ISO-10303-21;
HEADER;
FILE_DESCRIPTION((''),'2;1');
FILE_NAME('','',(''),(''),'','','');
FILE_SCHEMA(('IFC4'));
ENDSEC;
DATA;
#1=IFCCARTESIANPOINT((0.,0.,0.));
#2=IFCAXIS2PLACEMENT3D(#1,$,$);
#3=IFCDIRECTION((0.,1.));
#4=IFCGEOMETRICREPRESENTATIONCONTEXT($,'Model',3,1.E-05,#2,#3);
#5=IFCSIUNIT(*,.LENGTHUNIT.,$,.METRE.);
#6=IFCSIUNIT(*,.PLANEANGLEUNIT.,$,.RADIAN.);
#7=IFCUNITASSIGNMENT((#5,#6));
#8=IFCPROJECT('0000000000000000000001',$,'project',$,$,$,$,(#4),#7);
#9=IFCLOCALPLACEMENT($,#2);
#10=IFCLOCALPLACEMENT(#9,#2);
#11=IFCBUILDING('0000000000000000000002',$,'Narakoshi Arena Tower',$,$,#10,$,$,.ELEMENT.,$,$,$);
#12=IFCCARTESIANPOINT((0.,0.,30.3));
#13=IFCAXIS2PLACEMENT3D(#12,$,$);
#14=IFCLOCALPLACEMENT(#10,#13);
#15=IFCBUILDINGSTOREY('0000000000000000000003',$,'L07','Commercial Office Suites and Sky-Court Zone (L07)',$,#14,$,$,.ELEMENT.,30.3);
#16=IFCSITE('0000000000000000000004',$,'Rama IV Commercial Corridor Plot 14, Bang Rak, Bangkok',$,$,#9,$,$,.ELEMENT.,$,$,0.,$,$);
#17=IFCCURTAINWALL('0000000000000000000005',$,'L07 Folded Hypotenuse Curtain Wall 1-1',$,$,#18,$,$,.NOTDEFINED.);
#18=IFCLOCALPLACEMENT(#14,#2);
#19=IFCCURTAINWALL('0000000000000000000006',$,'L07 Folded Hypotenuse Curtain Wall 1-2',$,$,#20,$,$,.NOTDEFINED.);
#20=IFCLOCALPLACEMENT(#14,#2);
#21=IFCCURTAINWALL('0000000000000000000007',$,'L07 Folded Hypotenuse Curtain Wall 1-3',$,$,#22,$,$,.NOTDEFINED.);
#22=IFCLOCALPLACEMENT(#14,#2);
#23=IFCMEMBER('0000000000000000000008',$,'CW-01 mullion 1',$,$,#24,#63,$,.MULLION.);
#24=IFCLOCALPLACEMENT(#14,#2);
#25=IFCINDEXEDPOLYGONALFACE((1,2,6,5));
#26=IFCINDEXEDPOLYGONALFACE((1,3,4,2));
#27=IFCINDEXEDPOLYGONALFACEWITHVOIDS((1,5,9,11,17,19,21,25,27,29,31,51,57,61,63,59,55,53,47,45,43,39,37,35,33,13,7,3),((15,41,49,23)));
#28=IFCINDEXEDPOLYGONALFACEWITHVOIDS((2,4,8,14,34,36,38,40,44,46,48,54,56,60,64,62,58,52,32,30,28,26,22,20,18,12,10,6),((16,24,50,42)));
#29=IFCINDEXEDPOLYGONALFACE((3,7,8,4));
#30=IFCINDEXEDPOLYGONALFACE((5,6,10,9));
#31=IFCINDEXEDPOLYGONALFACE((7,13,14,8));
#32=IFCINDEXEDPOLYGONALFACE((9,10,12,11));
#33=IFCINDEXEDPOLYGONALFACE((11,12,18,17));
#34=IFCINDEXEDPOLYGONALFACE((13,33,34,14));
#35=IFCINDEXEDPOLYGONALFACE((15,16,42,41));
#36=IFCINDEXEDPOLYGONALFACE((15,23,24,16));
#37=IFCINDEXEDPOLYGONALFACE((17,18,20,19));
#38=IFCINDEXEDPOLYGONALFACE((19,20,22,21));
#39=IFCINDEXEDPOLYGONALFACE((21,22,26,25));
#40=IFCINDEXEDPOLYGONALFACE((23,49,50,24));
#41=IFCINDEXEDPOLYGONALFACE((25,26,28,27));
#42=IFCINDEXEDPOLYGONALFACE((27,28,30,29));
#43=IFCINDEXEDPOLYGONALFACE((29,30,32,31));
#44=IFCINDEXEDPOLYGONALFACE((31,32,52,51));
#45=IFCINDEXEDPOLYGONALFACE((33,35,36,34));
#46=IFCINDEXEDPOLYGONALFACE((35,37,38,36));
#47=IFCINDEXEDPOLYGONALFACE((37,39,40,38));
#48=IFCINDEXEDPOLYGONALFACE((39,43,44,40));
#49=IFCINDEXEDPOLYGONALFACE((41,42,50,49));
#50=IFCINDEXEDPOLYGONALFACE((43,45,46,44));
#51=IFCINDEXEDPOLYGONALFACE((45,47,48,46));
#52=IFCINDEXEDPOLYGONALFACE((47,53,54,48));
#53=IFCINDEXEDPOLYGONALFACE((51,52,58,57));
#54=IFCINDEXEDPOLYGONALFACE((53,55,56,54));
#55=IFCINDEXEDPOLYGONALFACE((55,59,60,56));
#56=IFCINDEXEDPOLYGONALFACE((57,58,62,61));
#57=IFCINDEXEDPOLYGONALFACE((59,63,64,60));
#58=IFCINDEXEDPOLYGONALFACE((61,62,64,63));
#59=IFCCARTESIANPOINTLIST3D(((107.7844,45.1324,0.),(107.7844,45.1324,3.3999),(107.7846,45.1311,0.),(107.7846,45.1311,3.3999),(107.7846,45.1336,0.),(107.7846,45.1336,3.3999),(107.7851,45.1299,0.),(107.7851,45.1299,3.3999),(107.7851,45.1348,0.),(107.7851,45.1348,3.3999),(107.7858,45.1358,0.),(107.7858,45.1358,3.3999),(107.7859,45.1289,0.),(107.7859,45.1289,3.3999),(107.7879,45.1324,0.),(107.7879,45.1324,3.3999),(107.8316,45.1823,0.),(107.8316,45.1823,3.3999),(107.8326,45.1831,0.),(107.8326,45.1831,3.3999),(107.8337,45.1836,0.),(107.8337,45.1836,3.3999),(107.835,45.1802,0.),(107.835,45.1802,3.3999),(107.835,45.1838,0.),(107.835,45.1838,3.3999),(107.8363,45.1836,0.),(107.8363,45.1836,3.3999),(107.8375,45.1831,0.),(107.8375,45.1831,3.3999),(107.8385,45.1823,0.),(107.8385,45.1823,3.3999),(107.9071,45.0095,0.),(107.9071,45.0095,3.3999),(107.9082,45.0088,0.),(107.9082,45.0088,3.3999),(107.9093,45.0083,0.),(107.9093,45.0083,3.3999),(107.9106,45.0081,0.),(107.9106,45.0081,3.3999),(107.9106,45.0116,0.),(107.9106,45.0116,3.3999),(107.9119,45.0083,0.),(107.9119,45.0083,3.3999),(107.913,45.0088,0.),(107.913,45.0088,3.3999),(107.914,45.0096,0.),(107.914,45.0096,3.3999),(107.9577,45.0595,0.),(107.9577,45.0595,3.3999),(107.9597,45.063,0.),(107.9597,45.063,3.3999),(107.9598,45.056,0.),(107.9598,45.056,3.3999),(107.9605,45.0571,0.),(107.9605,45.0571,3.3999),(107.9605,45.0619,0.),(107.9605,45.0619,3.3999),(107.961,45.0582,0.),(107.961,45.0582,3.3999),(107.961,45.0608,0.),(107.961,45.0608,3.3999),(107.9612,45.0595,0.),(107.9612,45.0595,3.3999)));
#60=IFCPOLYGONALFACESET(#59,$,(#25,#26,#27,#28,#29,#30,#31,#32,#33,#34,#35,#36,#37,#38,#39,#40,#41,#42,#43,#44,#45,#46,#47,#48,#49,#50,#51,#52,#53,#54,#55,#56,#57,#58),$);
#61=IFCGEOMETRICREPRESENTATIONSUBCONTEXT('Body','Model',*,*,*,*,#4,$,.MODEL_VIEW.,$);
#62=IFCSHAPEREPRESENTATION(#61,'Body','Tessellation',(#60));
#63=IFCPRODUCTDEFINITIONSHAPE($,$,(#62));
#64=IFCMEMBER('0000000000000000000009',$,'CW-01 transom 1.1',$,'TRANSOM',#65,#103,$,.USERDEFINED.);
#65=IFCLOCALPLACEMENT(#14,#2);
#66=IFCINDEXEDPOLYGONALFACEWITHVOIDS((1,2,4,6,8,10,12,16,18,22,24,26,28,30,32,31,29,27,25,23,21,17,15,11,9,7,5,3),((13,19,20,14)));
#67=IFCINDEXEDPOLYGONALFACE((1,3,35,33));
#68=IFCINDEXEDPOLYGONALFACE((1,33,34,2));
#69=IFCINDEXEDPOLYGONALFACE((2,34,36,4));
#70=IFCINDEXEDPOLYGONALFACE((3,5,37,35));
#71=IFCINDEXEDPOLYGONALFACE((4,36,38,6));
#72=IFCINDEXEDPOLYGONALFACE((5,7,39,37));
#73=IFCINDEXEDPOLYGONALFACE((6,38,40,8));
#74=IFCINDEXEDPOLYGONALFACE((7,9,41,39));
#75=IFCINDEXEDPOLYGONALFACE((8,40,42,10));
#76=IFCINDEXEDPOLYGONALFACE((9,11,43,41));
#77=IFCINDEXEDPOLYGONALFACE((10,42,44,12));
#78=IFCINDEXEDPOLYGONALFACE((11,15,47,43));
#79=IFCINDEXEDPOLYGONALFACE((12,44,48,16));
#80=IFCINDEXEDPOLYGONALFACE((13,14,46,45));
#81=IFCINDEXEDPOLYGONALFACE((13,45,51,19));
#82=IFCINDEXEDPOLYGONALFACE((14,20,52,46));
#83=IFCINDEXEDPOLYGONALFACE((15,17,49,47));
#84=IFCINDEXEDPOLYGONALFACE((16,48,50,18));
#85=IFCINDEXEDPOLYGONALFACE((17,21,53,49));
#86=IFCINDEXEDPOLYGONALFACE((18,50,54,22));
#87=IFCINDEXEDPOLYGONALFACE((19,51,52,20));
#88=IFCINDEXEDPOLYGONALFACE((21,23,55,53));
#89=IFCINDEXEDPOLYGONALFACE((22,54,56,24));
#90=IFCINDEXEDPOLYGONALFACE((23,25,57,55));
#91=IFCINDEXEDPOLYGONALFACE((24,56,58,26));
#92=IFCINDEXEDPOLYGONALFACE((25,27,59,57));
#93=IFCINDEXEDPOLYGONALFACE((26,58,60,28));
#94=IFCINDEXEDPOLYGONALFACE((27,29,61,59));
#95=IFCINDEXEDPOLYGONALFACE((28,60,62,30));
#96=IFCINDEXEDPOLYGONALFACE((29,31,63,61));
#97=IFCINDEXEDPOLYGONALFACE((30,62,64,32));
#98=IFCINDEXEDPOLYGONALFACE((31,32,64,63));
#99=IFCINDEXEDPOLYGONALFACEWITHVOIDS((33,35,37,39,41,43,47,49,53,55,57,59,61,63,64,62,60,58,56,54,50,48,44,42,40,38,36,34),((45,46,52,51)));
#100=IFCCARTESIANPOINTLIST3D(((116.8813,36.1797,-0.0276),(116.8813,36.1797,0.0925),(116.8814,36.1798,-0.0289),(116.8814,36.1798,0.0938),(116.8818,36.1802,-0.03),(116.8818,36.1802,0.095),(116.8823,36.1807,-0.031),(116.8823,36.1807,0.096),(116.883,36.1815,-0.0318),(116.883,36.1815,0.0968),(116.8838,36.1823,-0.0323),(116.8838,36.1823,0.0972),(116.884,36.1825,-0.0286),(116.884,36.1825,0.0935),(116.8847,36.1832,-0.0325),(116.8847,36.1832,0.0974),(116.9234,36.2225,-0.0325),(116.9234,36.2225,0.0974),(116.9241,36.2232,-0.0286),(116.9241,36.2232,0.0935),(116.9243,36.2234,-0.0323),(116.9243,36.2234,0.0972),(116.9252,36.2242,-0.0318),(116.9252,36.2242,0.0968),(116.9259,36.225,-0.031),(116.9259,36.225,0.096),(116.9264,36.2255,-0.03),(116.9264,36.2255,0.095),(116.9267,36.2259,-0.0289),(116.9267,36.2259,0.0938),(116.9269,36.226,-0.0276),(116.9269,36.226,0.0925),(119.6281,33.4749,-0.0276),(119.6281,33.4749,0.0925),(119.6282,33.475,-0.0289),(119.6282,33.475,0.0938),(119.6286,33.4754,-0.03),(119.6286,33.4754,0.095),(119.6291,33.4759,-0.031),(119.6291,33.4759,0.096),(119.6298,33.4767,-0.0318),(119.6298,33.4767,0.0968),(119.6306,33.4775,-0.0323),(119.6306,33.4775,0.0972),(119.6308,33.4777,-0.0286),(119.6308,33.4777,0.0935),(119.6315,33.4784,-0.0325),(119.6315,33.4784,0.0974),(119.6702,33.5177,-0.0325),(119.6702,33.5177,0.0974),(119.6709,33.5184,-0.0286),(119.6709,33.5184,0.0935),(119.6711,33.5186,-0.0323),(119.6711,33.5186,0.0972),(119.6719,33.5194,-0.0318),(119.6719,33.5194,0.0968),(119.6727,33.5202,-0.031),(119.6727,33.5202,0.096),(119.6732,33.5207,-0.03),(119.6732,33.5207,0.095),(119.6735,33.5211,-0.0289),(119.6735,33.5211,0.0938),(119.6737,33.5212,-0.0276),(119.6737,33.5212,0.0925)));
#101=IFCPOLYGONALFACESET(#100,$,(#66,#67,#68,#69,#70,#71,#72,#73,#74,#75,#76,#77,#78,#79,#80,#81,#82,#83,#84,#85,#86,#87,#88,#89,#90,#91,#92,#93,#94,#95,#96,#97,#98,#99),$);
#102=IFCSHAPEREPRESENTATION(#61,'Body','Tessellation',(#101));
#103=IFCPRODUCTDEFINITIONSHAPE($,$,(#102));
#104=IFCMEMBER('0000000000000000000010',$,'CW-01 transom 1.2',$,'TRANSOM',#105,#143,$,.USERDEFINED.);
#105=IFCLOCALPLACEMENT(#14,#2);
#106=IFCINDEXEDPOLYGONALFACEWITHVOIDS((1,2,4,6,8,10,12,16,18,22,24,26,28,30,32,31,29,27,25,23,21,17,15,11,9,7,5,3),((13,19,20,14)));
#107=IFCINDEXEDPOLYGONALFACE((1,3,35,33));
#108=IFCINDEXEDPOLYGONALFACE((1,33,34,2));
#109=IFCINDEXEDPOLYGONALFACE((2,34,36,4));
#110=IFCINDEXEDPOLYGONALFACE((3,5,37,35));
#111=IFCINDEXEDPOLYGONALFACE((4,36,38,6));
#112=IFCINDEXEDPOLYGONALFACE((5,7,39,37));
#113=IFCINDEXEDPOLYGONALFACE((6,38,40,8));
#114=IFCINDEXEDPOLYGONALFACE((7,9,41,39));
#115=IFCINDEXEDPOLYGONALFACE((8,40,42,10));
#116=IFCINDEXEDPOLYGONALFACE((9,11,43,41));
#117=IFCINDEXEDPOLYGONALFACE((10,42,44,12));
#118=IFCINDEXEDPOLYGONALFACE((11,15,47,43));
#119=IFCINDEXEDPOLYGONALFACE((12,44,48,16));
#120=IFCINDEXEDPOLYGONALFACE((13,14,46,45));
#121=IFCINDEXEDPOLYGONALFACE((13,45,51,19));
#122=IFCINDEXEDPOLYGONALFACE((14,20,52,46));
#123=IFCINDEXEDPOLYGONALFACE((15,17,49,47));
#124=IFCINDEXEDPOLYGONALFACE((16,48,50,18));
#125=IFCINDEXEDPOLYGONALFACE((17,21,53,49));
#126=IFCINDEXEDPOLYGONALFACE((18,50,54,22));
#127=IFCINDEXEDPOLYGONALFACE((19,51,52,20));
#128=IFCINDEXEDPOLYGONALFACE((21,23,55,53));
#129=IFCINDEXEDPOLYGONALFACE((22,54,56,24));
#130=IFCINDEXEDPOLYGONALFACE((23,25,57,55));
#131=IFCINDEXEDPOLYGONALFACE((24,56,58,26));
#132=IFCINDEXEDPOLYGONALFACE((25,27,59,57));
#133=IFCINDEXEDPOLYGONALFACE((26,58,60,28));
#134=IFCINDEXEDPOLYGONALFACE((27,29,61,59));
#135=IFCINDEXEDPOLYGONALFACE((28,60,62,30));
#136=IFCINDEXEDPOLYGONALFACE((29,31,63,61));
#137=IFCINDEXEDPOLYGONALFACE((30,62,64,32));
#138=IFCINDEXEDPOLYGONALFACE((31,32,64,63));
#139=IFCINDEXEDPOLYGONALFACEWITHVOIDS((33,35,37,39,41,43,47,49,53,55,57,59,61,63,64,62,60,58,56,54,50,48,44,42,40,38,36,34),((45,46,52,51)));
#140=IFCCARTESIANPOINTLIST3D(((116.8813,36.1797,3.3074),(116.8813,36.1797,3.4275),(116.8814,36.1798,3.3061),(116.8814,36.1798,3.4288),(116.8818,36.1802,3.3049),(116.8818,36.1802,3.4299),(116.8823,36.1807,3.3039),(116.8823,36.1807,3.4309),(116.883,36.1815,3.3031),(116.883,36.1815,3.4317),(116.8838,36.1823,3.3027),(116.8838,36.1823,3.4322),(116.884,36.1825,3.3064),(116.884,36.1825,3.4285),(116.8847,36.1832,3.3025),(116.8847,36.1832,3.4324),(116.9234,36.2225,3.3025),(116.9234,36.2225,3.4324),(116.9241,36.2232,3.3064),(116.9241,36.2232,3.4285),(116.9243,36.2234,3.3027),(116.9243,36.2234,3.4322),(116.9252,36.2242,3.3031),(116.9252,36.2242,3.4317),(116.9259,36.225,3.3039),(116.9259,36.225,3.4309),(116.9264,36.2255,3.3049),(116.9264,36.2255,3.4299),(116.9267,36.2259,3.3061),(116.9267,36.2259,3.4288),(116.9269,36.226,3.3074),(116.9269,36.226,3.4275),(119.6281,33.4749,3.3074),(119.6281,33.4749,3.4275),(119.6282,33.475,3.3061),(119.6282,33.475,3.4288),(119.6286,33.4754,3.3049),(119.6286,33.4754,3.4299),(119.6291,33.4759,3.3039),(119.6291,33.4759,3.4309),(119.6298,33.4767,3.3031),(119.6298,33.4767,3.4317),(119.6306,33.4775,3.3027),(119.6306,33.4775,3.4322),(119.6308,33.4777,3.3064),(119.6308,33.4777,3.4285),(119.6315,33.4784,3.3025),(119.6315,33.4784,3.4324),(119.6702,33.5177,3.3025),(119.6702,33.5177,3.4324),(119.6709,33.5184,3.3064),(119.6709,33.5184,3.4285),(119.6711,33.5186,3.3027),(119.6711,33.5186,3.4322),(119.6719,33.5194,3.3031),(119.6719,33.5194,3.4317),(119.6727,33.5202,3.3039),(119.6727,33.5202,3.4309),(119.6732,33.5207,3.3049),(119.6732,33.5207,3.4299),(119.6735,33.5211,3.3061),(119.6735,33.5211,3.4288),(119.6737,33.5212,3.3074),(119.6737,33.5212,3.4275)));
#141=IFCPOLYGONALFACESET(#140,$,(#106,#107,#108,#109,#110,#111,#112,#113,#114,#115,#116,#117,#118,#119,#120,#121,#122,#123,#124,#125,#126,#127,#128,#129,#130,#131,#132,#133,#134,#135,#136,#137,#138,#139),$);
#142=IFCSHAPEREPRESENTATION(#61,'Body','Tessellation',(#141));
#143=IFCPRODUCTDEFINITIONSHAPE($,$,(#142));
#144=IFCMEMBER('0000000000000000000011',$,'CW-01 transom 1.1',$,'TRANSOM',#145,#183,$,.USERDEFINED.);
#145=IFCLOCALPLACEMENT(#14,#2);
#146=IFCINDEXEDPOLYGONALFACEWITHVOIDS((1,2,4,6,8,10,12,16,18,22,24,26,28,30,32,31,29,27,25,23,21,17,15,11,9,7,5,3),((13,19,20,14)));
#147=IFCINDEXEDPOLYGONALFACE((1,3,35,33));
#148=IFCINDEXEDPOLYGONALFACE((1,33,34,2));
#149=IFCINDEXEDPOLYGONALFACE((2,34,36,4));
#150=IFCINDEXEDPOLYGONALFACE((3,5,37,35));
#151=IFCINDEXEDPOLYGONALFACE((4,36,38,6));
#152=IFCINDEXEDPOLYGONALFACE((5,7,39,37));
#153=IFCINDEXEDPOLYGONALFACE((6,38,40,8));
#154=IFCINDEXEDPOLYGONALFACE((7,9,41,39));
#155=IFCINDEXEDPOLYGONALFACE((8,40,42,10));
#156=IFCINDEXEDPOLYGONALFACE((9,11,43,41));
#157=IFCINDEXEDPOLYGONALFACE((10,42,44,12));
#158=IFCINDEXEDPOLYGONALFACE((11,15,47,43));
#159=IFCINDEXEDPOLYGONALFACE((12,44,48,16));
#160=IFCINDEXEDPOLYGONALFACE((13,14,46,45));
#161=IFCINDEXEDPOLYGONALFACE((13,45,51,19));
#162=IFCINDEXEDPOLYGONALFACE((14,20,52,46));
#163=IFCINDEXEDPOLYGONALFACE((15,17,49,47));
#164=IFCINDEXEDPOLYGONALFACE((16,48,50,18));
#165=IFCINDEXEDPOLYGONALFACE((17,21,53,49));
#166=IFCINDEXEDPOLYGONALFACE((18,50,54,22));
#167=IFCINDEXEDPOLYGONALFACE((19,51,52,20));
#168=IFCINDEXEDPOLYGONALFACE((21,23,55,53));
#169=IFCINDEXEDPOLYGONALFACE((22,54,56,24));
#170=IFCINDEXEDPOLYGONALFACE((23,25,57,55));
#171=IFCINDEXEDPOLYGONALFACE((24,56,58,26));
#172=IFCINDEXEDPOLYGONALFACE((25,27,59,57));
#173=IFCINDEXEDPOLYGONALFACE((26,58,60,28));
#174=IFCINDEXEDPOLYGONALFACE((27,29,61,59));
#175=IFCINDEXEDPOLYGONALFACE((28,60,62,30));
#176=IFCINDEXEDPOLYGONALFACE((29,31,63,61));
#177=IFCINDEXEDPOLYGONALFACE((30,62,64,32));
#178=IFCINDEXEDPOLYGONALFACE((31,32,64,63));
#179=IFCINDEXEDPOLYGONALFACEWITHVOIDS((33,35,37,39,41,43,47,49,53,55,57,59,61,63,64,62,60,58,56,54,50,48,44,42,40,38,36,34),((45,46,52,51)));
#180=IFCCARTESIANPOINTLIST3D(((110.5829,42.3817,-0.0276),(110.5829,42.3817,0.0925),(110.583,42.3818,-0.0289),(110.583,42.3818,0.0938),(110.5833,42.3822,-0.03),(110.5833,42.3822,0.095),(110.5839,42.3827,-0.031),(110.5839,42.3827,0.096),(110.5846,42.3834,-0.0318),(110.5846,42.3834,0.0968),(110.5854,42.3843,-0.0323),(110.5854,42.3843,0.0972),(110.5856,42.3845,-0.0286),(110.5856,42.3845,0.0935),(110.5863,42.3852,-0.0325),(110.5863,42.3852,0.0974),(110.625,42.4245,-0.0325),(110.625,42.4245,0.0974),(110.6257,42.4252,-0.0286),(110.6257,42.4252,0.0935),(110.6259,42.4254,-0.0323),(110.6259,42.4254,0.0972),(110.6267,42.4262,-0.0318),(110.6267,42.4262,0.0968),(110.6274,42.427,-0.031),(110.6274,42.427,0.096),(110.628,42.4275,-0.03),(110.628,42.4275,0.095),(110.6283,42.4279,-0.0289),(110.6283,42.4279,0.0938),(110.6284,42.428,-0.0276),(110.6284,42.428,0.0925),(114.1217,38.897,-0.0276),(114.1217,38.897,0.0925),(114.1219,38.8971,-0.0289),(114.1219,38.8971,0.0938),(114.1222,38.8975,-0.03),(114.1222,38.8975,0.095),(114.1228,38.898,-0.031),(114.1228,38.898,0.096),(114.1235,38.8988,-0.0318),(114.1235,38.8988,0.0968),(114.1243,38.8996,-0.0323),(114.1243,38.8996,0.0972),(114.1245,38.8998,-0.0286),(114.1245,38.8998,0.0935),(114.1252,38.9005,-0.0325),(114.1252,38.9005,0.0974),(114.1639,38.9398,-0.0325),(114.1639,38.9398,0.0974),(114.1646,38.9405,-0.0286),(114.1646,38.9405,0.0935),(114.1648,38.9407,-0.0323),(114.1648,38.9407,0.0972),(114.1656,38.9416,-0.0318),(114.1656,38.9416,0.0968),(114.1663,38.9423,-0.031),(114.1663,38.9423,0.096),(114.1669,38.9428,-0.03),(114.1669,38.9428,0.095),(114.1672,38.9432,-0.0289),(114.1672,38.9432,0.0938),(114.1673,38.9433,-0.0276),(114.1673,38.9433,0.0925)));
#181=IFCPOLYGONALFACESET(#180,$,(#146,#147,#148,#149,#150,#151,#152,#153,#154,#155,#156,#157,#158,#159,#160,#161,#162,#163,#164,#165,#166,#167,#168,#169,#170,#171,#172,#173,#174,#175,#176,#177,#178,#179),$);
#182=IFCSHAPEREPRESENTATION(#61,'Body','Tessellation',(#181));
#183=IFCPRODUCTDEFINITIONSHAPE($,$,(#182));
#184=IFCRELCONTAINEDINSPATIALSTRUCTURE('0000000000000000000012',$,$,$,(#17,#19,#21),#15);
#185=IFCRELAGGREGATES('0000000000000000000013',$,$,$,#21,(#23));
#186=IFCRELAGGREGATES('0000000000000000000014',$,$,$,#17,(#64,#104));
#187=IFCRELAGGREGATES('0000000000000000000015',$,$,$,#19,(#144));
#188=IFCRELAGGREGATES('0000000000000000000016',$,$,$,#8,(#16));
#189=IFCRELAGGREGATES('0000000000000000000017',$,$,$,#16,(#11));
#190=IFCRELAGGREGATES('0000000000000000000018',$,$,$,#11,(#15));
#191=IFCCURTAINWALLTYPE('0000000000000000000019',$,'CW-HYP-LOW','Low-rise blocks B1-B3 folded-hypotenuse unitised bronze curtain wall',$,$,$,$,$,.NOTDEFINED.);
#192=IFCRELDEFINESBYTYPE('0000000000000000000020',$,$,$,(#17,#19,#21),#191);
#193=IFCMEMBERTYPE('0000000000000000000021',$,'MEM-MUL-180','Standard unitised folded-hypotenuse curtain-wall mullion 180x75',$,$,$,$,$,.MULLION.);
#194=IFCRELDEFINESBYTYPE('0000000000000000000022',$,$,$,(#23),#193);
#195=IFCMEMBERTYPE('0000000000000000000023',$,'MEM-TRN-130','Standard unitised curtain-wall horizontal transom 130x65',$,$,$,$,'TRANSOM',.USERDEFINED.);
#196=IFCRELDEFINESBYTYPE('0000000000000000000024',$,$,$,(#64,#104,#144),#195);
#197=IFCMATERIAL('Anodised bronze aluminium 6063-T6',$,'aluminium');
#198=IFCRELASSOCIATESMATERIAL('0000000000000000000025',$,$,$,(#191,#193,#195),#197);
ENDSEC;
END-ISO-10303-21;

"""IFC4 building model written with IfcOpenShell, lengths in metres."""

from ifc_helpers import new_model, si_unit, direction, frame, origin, origin_2d, place, context, subcontext, project, spatial, hollow_rectangle, extrude, material, material_profile, profile_set, type_object, element, aggregate, save


model = new_model("IFC4")

# Units and contexts
model_context = context("Model", 3, precision=1e-05, world=origin(), true_north=direction((0.0, 1.0)))
body_context = subcontext(model_context, "Body", "Model", "MODEL_VIEW")
ifc_project = project(units=[si_unit("LENGTHUNIT", "METRE"), si_unit("PLANEANGLEUNIT", "RADIAN")], contexts=[model_context])

# Site, building, storey
site_placement = place(None, origin())
site = spatial("IfcSite", under=ifc_project, at=site_placement, Name="Rama IV Commercial Corridor Plot 14, Bang Rak, Bangkok", CompositionType="ELEMENT", RefElevation=0.0)
building_placement = place(site_placement, origin())
building = spatial("IfcBuilding", under=site, at=building_placement, Name="Narakoshi Arena Tower", CompositionType="ELEMENT")
storey_placement = place(building_placement, frame((0.0, 0.0, 30.3)))
storey = spatial("IfcBuildingStorey", under=building, at=storey_placement, Name="L07", Description="Commercial Office Suites and Sky-Court Zone (L07)", CompositionType="ELEMENT", Elevation=30.3)

# Curtain walls
ifc_material_1 = material(Name="Anodised bronze aluminium 6063-T6", Category="aluminium")
curtain_wall_type = type_object("IfcCurtainWallType", Name="CW-HYP-LOW", Description="Low-rise blocks B1-B3 folded-hypotenuse unitised bronze curtain wall", PredefinedType="NOTDEFINED", material=ifc_material_1)
curtain_wall_1_placement = place(storey_placement, origin())
curtain_wall_1 = element("IfcCurtainWall", 1, at=curtain_wall_1_placement, inside=storey, type_object=curtain_wall_type, Name="L07 Folded Hypotenuse Curtain Wall 1-1", PredefinedType="NOTDEFINED")
ifc_material_profile_1 = material_profile(ifc_material_1, hollow_rectangle(XDim=0.075, YDim=0.1799, WallThickness=0.0039, OuterFilletRadius=0.0049, at=origin_2d()), Name="MUL180x75x4")
ifc_profile_set_1 = profile_set([ifc_material_profile_1], Name="Anodised bronze aluminium 6063-T6")
member_type_1 = type_object("IfcMemberType", Name="MEM-MUL-180", Description="Standard unitised folded-hypotenuse curtain-wall mullion 180x75", PredefinedType="MULLION", material=ifc_profile_set_1)
curtain_wall_2_placement = place(storey_placement, origin())
curtain_wall_2 = element("IfcCurtainWall", 2, at=curtain_wall_2_placement, inside=storey, type_object=curtain_wall_type, Name="L07 Folded Hypotenuse Curtain Wall 1-2", PredefinedType="NOTDEFINED")

# Curtain wall, member
curtain_wall_3_placement = place(storey_placement, origin())
curtain_wall_3 = element("IfcCurtainWall", 3, at=curtain_wall_3_placement, inside=storey, type_object=curtain_wall_type, Name="L07 Folded Hypotenuse Curtain Wall 1-3", PredefinedType="NOTDEFINED")
member_1_placement = place(storey_placement, frame((107.8728, 45.0959, 0.0), z_axis=(0.0, 0.0, 1.0), x_axis=(-0.701633, -0.712539, 0.0)))
member_1 = element("IfcMember", 4, at=member_1_placement, type_object=member_type_1, Name="CW-01 mullion 1", PredefinedType="MULLION", context=body_context, shape_type="SweptSolid", body=[
    extrude(hollow_rectangle(XDim=0.075, YDim=0.1799, WallThickness=0.0039, OuterFilletRadius=0.0049, at=origin_2d()), origin(), (0.0, 0.0, 1.0), 3.3999),
])

# Members
ifc_material_profile_2 = material_profile(ifc_material_1, hollow_rectangle(XDim=0.0649, YDim=0.1299, WallThickness=0.0039, OuterFilletRadius=0.0049, at=origin_2d()), Name="TRN130x65x4")
ifc_profile_set_2 = profile_set([ifc_material_profile_2], Name="Anodised bronze aluminium 6063-T6")
member_type_2 = type_object("IfcMemberType", Name="MEM-TRN-130", Description="Standard unitised curtain-wall horizontal transom 130x65", ElementType="TRANSOM", PredefinedType="USERDEFINED", material=ifc_profile_set_2)
member_2_placement = place(storey_placement, frame((119.6509, 33.498, 0.0325), z_axis=(-0.712532, 0.701639, 0.0), x_axis=(-0.701639, -0.712532, 0.0)))
member_2 = element("IfcMember", 5, at=member_2_placement, type_object=member_type_2, Name="CW-01 transom 1.1", ObjectType="TRANSOM", PredefinedType="USERDEFINED", context=body_context, shape_type="SweptSolid", body=[
    extrude(hollow_rectangle(XDim=0.0649, YDim=0.1299, WallThickness=0.0039, OuterFilletRadius=0.0049, at=origin_2d()), origin(), (0.0, 0.0, 1.0), 3.855),
])
member_3_placement = place(storey_placement, frame((119.6509, 33.498, 3.3674), z_axis=(-0.712532, 0.701639, 0.0), x_axis=(-0.701639, -0.712532, 0.0)))
member_3 = element("IfcMember", 6, at=member_3_placement, type_object=member_type_2, Name="CW-01 transom 1.2", ObjectType="TRANSOM", PredefinedType="USERDEFINED", context=body_context, shape_type="SweptSolid", body=[
    extrude(hollow_rectangle(XDim=0.0649, YDim=0.1299, WallThickness=0.0039, OuterFilletRadius=0.0049, at=origin_2d()), origin(), (0.0, 0.0, 1.0), 3.855),
])
member_4_placement = place(storey_placement, frame((114.1445, 38.9202, 0.0325), z_axis=(-0.712542, 0.701629, 0.0), x_axis=(-0.701629, -0.712542, 0.0)))
member_4 = element("IfcMember", 7, at=member_4_placement, type_object=member_type_2, Name="CW-01 transom 1.1", ObjectType="TRANSOM", PredefinedType="USERDEFINED", context=body_context, shape_type="SweptSolid", body=[
    extrude(hollow_rectangle(XDim=0.0649, YDim=0.1299, WallThickness=0.0039, OuterFilletRadius=0.0049, at=origin_2d()), origin(), (0.0, 0.0, 1.0), 4.9666),
])
aggregate(curtain_wall_3, [member_1])

aggregate(curtain_wall_1, [member_2, member_3])
aggregate(curtain_wall_2, [member_4])

save(model, "model.ifc")
